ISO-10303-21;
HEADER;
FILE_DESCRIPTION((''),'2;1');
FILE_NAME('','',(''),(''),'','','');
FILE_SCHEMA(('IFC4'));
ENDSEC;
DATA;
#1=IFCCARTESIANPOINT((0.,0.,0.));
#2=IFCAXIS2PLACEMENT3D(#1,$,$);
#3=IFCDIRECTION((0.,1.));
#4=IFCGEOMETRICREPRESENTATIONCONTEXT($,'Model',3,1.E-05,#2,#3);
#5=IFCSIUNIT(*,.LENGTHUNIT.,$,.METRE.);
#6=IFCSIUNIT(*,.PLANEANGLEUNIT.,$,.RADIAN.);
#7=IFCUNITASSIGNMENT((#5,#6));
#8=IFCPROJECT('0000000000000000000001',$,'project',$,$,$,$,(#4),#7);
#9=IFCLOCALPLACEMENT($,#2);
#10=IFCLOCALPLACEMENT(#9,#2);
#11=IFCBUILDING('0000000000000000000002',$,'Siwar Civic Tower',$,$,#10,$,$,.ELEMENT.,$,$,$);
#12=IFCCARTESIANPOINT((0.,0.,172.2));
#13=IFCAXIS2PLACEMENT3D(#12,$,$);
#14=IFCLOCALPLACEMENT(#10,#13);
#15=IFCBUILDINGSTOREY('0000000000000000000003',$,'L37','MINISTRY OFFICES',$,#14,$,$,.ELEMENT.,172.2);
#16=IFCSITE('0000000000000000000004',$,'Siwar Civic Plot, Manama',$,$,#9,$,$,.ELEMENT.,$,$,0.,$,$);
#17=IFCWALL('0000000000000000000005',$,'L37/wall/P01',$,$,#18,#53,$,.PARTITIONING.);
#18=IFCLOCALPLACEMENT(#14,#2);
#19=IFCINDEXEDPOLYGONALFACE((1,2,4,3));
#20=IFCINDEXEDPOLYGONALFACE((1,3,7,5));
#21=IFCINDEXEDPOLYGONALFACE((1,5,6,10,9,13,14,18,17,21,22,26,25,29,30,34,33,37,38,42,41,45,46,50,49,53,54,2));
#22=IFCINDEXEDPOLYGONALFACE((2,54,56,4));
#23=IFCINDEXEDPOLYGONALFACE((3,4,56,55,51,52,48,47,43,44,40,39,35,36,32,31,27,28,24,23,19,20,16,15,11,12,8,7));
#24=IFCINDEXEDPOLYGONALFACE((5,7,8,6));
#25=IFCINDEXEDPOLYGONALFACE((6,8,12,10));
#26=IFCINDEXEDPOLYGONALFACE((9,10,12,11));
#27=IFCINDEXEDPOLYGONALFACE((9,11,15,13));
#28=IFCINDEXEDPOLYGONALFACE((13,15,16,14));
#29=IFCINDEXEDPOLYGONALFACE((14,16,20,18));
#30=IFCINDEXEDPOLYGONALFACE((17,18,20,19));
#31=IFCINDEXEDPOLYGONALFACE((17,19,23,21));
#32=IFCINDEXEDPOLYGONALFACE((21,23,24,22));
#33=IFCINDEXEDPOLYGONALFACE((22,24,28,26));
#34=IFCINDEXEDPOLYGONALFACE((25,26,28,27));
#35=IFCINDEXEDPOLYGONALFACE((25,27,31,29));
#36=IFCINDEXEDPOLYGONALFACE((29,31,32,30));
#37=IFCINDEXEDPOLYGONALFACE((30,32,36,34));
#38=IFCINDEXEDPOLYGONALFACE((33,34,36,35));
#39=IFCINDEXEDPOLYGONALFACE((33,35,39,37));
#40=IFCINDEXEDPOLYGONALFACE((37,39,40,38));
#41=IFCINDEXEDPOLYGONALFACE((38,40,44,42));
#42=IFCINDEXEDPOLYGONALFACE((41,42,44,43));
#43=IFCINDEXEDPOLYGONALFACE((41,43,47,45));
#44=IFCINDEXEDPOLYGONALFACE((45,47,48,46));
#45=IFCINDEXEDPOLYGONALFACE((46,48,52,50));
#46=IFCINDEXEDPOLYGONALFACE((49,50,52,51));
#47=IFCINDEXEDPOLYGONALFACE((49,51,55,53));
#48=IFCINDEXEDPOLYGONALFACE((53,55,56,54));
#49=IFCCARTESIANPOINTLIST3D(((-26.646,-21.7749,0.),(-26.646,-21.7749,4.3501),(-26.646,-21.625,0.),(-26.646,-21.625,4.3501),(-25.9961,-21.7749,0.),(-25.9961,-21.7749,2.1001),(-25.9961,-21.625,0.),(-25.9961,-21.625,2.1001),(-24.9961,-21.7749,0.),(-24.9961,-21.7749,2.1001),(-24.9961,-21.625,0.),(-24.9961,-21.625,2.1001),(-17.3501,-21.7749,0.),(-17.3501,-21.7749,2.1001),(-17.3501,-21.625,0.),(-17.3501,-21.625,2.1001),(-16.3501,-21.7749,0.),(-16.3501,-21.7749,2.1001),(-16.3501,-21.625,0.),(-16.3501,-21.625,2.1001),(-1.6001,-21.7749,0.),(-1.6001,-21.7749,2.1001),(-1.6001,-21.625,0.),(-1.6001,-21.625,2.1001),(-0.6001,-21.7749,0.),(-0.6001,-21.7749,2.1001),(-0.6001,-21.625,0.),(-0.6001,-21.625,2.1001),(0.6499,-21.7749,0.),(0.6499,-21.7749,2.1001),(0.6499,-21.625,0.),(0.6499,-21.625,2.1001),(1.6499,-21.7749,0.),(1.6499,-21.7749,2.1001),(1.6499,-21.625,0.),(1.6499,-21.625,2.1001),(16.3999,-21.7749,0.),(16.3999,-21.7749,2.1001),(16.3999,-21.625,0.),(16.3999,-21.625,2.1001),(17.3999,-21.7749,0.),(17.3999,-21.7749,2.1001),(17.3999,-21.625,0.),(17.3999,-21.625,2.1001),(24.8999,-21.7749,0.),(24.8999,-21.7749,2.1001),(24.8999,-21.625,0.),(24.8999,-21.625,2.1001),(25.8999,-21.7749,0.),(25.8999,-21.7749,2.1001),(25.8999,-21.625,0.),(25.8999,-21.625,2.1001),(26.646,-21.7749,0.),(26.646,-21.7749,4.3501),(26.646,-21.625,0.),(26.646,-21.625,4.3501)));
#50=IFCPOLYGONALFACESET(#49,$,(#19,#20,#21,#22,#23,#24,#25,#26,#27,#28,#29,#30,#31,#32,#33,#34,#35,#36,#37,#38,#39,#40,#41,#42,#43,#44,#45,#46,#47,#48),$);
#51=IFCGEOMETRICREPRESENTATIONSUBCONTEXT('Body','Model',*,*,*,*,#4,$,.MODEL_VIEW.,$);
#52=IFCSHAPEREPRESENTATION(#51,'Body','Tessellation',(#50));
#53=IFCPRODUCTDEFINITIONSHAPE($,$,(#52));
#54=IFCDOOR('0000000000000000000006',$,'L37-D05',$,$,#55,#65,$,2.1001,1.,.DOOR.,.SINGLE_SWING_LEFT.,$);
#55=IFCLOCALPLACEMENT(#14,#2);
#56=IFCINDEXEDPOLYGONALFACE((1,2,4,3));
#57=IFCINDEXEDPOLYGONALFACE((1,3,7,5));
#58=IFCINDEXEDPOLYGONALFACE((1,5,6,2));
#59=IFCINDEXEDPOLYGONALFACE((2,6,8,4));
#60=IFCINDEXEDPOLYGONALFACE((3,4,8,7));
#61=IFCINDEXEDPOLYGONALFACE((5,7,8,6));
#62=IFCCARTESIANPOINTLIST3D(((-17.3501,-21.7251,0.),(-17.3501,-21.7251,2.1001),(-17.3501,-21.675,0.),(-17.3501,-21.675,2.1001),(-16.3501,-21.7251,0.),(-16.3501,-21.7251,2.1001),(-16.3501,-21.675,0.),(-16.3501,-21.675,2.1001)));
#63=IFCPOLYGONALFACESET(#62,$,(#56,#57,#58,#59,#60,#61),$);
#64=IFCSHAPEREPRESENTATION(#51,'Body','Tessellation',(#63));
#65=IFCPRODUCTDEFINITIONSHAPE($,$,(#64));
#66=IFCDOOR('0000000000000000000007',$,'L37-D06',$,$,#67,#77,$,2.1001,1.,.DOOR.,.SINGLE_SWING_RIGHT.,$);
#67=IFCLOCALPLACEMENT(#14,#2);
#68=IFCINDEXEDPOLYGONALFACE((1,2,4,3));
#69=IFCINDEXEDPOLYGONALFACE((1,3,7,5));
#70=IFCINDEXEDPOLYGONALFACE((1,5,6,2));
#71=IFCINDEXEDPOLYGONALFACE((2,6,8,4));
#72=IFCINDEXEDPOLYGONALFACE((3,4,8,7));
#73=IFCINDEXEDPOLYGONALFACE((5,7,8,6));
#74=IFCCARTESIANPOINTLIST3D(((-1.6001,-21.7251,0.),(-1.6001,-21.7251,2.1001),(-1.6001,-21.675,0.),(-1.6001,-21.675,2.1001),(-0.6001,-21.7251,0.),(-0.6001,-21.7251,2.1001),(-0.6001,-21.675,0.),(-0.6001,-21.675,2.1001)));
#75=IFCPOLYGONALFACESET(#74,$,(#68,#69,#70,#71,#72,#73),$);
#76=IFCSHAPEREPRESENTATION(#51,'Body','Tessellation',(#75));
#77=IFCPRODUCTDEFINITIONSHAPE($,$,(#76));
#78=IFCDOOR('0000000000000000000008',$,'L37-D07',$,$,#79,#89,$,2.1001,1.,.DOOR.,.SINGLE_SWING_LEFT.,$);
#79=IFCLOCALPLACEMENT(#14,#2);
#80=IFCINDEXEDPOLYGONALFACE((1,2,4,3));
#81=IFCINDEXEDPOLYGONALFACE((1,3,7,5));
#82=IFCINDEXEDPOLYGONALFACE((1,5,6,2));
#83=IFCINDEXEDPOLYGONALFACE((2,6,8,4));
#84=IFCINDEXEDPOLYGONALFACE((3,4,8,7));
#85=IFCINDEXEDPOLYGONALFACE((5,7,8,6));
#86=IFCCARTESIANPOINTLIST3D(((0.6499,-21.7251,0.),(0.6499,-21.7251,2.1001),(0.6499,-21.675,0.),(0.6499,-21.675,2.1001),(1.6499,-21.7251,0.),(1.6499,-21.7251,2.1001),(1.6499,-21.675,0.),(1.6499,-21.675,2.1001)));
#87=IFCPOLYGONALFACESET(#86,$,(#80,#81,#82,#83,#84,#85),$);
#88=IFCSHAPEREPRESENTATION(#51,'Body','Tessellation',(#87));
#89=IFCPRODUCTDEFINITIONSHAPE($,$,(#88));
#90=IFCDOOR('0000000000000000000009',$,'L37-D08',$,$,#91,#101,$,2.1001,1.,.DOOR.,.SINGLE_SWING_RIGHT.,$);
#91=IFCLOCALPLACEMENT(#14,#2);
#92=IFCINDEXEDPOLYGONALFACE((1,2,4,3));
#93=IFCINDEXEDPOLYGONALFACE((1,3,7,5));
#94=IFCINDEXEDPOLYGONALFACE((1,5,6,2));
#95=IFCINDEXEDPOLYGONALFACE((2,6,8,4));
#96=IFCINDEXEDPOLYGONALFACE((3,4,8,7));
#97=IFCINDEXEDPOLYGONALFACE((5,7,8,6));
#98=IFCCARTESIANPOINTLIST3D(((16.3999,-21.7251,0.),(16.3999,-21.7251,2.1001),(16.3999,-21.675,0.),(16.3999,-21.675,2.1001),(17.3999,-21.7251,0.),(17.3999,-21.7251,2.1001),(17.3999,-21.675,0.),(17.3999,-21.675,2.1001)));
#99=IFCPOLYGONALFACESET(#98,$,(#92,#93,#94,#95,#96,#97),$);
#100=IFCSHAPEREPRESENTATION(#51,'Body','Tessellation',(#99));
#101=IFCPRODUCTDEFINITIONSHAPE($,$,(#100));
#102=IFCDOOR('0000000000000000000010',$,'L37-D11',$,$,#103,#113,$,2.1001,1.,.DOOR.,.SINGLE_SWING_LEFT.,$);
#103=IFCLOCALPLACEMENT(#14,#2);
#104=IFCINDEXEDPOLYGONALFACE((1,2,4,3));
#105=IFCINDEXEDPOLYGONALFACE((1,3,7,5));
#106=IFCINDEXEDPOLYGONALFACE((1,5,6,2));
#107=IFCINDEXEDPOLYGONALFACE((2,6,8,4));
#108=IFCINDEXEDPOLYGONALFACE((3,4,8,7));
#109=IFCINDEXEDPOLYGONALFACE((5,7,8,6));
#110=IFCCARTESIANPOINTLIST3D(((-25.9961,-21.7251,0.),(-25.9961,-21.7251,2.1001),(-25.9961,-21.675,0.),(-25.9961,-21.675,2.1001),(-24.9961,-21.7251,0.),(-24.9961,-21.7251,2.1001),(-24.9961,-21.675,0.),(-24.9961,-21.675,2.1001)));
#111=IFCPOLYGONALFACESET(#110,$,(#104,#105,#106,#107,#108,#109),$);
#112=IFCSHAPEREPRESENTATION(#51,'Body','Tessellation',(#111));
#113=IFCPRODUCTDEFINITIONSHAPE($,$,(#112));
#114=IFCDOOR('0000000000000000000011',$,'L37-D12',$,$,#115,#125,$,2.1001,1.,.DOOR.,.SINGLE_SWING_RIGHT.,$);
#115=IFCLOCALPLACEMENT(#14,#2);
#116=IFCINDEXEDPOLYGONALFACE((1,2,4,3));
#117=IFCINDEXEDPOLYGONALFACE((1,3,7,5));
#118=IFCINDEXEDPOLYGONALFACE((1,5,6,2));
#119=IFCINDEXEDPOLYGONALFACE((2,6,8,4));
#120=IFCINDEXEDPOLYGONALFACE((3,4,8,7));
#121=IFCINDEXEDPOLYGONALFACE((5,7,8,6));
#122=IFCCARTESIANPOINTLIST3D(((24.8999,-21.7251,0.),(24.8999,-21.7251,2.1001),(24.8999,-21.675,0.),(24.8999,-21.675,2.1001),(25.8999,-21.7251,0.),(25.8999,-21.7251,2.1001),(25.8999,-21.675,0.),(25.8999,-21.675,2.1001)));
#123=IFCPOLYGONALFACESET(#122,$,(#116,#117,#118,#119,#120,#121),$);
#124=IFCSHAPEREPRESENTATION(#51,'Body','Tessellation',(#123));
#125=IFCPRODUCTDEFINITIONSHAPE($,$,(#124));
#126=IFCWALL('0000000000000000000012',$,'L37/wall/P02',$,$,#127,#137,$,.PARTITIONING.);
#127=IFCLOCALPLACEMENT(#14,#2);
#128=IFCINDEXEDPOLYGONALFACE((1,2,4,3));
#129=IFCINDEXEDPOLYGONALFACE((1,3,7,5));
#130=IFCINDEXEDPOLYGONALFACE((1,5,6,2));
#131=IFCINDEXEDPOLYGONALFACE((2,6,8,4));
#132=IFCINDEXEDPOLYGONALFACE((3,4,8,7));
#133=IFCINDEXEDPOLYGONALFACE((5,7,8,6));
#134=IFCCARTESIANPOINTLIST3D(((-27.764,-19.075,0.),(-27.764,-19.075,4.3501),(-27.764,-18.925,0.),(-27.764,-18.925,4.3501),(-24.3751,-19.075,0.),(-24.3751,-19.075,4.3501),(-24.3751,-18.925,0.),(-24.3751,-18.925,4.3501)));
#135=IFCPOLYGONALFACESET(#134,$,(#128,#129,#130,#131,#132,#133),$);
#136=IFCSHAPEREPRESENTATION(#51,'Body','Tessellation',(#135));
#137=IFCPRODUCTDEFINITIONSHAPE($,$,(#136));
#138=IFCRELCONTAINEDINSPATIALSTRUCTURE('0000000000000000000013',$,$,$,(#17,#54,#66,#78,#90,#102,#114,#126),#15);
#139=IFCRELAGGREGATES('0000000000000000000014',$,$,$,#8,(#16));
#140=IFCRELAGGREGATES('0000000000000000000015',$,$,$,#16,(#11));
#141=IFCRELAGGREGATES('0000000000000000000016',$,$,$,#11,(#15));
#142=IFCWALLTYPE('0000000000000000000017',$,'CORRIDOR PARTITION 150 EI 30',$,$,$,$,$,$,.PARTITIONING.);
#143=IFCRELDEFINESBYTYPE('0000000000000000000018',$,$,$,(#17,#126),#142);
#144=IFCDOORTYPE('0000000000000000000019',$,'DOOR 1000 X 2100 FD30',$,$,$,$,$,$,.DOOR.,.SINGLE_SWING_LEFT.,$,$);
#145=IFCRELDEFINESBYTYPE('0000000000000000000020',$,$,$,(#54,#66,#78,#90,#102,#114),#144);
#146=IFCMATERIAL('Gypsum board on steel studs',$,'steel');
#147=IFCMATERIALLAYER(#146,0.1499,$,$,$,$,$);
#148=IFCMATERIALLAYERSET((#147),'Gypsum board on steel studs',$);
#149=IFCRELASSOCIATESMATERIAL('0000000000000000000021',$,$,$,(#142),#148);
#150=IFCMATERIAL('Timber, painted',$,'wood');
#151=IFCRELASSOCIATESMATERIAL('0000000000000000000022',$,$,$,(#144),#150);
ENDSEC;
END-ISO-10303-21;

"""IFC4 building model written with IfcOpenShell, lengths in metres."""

from ifc_helpers import new_model, si_unit, direction, frame, frame_2d, origin, place, context, subcontext, project, spatial, rectangle, extrude, material, layer, layer_set, type_object, element, fill, save


model = new_model("IFC4")

# Units and contexts
model_context = context("Model", 3, precision=1e-05, world=origin(), true_north=direction((0.0, 1.0)))
body_context = subcontext(model_context, "Body", "Model", "MODEL_VIEW")
ifc_project = project(units=[si_unit("LENGTHUNIT", "METRE"), si_unit("PLANEANGLEUNIT", "RADIAN")], contexts=[model_context])

# Site, building, storey
site_placement = place(None, origin())
site = spatial("IfcSite", under=ifc_project, at=site_placement, Name="Siwar Civic Plot, Manama", CompositionType="ELEMENT", RefElevation=0.0)
building_placement = place(site_placement, origin())
building = spatial("IfcBuilding", under=site, at=building_placement, Name="Siwar Civic Tower", CompositionType="ELEMENT")
storey_placement = place(building_placement, frame((0.0, 0.0, 172.2)))
storey = spatial("IfcBuildingStorey", under=building, at=storey_placement, Name="L37", Description="MINISTRY OFFICES", CompositionType="ELEMENT", Elevation=172.2)

# Wall, openings, doors
ifc_material_1 = material(Name="Gypsum board on steel studs", Category="steel")
ifc_layer_1 = layer(ifc_material_1, 0.1499)
ifc_layer_set_1 = layer_set([ifc_layer_1], Name="Gypsum board on steel studs")
wall_type = type_object("IfcWallType", Name="CORRIDOR PARTITION 150 EI 30", PredefinedType="PARTITIONING", material=ifc_layer_set_1)
wall_1_placement = place(storey_placement, frame((-26.646, -21.7, 0.0), z_axis=(0.0, 0.0, 1.0), x_axis=(1.0, 0.0, 0.0)))
wall_1 = element("IfcWall", 1, at=wall_1_placement, inside=storey, type_object=wall_type, Name="L37/wall/P01", PredefinedType="PARTITIONING", context=body_context, shape_type="SweptSolid", body=[
    extrude(rectangle(XDim=53.292, YDim=0.1499, at=frame_2d((26.646, 0.0))), origin(), (0.0, 0.0, 1.0), 4.3501),
])
opening_1_placement = place(wall_1_placement, frame((9.2959, 0.0, 0.0)))
opening_1 = element("IfcOpeningElement", 2, at=opening_1_placement, cuts=wall_1, PredefinedType="OPENING", context=body_context, shape_type="SweptSolid", body=[
    extrude(rectangle(XDim=1.0, YDim=2.1001, at=frame_2d((0.5, 1.05))), frame((0.0, 0.085, 0.0), z_axis=(0.0, -1.0, 0.0), x_axis=(1.0, 0.0, 0.0)), (0.0, 0.0, 1.0), 0.1699),
])
opening_2_placement = place(wall_1_placement, frame((25.0459, 0.0, 0.0)))
opening_2 = element("IfcOpeningElement", 3, at=opening_2_placement, cuts=wall_1, PredefinedType="OPENING", context=body_context, shape_type="SweptSolid", body=[
    extrude(rectangle(XDim=1.0, YDim=2.1001, at=frame_2d((0.5, 1.05))), frame((0.0, 0.085, 0.0), z_axis=(0.0, -1.0, 0.0), x_axis=(1.0, 0.0, 0.0)), (0.0, 0.0, 1.0), 0.1699),
])
opening_3_placement = place(wall_1_placement, frame((27.2959, 0.0, 0.0)))
opening_3 = element("IfcOpeningElement", 4, at=opening_3_placement, cuts=wall_1, PredefinedType="OPENING", context=body_context, shape_type="SweptSolid", body=[
    extrude(rectangle(XDim=1.0, YDim=2.1001, at=frame_2d((0.5, 1.05))), frame((0.0, 0.085, 0.0), z_axis=(0.0, -1.0, 0.0), x_axis=(1.0, 0.0, 0.0)), (0.0, 0.0, 1.0), 0.1699),
])
opening_4_placement = place(wall_1_placement, frame((43.0459, 0.0, 0.0)))
opening_4 = element("IfcOpeningElement", 5, at=opening_4_placement, cuts=wall_1, PredefinedType="OPENING", context=body_context, shape_type="SweptSolid", body=[
    extrude(rectangle(XDim=1.0, YDim=2.1001, at=frame_2d((0.5, 1.05))), frame((0.0, 0.085, 0.0), z_axis=(0.0, -1.0, 0.0), x_axis=(1.0, 0.0, 0.0)), (0.0, 0.0, 1.0), 0.1699),
])
opening_5_placement = place(wall_1_placement, frame((0.6499, 0.0, 0.0)))
opening_5 = element("IfcOpeningElement", 6, at=opening_5_placement, cuts=wall_1, PredefinedType="OPENING", context=body_context, shape_type="SweptSolid", body=[
    extrude(rectangle(XDim=1.0, YDim=2.1001, at=frame_2d((0.5, 1.05))), frame((0.0, 0.085, 0.0), z_axis=(0.0, -1.0, 0.0), x_axis=(1.0, 0.0, 0.0)), (0.0, 0.0, 1.0), 0.1699),
])
opening_6_placement = place(wall_1_placement, frame((51.5459, 0.0, 0.0)))
opening_6 = element("IfcOpeningElement", 7, at=opening_6_placement, cuts=wall_1, PredefinedType="OPENING", context=body_context, shape_type="SweptSolid", body=[
    extrude(rectangle(XDim=1.0, YDim=2.1001, at=frame_2d((0.5, 1.05))), frame((0.0, 0.085, 0.0), z_axis=(0.0, -1.0, 0.0), x_axis=(1.0, 0.0, 0.0)), (0.0, 0.0, 1.0), 0.1699),
])
ifc_material_2 = material(Name="Timber, painted", Category="wood")
door_type = type_object("IfcDoorType", Name="DOOR 1000 X 2100 FD30", OperationType="SINGLE_SWING_LEFT", PredefinedType="DOOR", material=ifc_material_2)
door_1_placement = place(opening_1_placement, origin())
door_1 = element("IfcDoor", 8, at=door_1_placement, inside=storey, type_object=door_type, Name="L37-D05", OperationType="SINGLE_SWING_LEFT", OverallHeight=2.1001, OverallWidth=1.0, PredefinedType="DOOR", context=body_context, shape_type="SweptSolid", body=[
    extrude(rectangle(XDim=1.0, YDim=2.1001, at=frame_2d((0.5, 1.05))), frame((0.0, 0.0249, 0.0), z_axis=(0.0, -1.0, 0.0), x_axis=(1.0, 0.0, 0.0)), (0.0, 0.0, 1.0), 0.05),
])
fill(opening_1, door_1)
door_2_placement = place(opening_2_placement, origin())
door_2 = element("IfcDoor", 9, at=door_2_placement, inside=storey, type_object=door_type, Name="L37-D06", OperationType="SINGLE_SWING_RIGHT", OverallHeight=2.1001, OverallWidth=1.0, PredefinedType="DOOR", context=body_context, shape_type="SweptSolid", body=[
    extrude(rectangle(XDim=1.0, YDim=2.1001, at=frame_2d((0.5, 1.05))), frame((0.0, 0.0249, 0.0), z_axis=(0.0, -1.0, 0.0), x_axis=(1.0, 0.0, 0.0)), (0.0, 0.0, 1.0), 0.05),
])
fill(opening_2, door_2)
door_3_placement = place(opening_3_placement, origin())
door_3 = element("IfcDoor", 10, at=door_3_placement, inside=storey, type_object=door_type, Name="L37-D07", OperationType="SINGLE_SWING_LEFT", OverallHeight=2.1001, OverallWidth=1.0, PredefinedType="DOOR", context=body_context, shape_type="SweptSolid", body=[
    extrude(rectangle(XDim=1.0, YDim=2.1001, at=frame_2d((0.5, 1.05))), frame((0.0, 0.0249, 0.0), z_axis=(0.0, -1.0, 0.0), x_axis=(1.0, 0.0, 0.0)), (0.0, 0.0, 1.0), 0.05),
])
fill(opening_3, door_3)
door_4_placement = place(opening_4_placement, origin())
door_4 = element("IfcDoor", 11, at=door_4_placement, inside=storey, type_object=door_type, Name="L37-D08", OperationType="SINGLE_SWING_RIGHT", OverallHeight=2.1001, OverallWidth=1.0, PredefinedType="DOOR", context=body_context, shape_type="SweptSolid", body=[
    extrude(rectangle(XDim=1.0, YDim=2.1001, at=frame_2d((0.5, 1.05))), frame((0.0, 0.0249, 0.0), z_axis=(0.0, -1.0, 0.0), x_axis=(1.0, 0.0, 0.0)), (0.0, 0.0, 1.0), 0.05),
])
fill(opening_4, door_4)
door_5_placement = place(opening_5_placement, origin())
door_5 = element("IfcDoor", 12, at=door_5_placement, inside=storey, type_object=door_type, Name="L37-D11", OperationType="SINGLE_SWING_LEFT", OverallHeight=2.1001, OverallWidth=1.0, PredefinedType="DOOR", context=body_context, shape_type="SweptSolid", body=[
    extrude(rectangle(XDim=1.0, YDim=2.1001, at=frame_2d((0.5, 1.05))), frame((0.0, 0.0249, 0.0), z_axis=(0.0, -1.0, 0.0), x_axis=(1.0, 0.0, 0.0)), (0.0, 0.0, 1.0), 0.05),
])
fill(opening_5, door_5)
door_6_placement = place(opening_6_placement, origin())
door_6 = element("IfcDoor", 13, at=door_6_placement, inside=storey, type_object=door_type, Name="L37-D12", OperationType="SINGLE_SWING_RIGHT", OverallHeight=2.1001, OverallWidth=1.0, PredefinedType="DOOR", context=body_context, shape_type="SweptSolid", body=[
    extrude(rectangle(XDim=1.0, YDim=2.1001, at=frame_2d((0.5, 1.05))), frame((0.0, 0.0249, 0.0), z_axis=(0.0, -1.0, 0.0), x_axis=(1.0, 0.0, 0.0)), (0.0, 0.0, 1.0), 0.05),
])
fill(opening_6, door_6)

# Wall
wall_2_placement = place(storey_placement, frame((-27.7639, -19.0, 0.0), z_axis=(0.0, 0.0, 1.0), x_axis=(1.0, 0.0, 0.0)))
element("IfcWall", 14, at=wall_2_placement, inside=storey, type_object=wall_type, Name="L37/wall/P02", PredefinedType="PARTITIONING", context=body_context, shape_type="SweptSolid", body=[
    extrude(rectangle(XDim=3.3889, YDim=0.1499, at=frame_2d((1.6943, 0.0))), origin(), (0.0, 0.0, 1.0), 4.3501),
])

save(model, "model.ifc")
